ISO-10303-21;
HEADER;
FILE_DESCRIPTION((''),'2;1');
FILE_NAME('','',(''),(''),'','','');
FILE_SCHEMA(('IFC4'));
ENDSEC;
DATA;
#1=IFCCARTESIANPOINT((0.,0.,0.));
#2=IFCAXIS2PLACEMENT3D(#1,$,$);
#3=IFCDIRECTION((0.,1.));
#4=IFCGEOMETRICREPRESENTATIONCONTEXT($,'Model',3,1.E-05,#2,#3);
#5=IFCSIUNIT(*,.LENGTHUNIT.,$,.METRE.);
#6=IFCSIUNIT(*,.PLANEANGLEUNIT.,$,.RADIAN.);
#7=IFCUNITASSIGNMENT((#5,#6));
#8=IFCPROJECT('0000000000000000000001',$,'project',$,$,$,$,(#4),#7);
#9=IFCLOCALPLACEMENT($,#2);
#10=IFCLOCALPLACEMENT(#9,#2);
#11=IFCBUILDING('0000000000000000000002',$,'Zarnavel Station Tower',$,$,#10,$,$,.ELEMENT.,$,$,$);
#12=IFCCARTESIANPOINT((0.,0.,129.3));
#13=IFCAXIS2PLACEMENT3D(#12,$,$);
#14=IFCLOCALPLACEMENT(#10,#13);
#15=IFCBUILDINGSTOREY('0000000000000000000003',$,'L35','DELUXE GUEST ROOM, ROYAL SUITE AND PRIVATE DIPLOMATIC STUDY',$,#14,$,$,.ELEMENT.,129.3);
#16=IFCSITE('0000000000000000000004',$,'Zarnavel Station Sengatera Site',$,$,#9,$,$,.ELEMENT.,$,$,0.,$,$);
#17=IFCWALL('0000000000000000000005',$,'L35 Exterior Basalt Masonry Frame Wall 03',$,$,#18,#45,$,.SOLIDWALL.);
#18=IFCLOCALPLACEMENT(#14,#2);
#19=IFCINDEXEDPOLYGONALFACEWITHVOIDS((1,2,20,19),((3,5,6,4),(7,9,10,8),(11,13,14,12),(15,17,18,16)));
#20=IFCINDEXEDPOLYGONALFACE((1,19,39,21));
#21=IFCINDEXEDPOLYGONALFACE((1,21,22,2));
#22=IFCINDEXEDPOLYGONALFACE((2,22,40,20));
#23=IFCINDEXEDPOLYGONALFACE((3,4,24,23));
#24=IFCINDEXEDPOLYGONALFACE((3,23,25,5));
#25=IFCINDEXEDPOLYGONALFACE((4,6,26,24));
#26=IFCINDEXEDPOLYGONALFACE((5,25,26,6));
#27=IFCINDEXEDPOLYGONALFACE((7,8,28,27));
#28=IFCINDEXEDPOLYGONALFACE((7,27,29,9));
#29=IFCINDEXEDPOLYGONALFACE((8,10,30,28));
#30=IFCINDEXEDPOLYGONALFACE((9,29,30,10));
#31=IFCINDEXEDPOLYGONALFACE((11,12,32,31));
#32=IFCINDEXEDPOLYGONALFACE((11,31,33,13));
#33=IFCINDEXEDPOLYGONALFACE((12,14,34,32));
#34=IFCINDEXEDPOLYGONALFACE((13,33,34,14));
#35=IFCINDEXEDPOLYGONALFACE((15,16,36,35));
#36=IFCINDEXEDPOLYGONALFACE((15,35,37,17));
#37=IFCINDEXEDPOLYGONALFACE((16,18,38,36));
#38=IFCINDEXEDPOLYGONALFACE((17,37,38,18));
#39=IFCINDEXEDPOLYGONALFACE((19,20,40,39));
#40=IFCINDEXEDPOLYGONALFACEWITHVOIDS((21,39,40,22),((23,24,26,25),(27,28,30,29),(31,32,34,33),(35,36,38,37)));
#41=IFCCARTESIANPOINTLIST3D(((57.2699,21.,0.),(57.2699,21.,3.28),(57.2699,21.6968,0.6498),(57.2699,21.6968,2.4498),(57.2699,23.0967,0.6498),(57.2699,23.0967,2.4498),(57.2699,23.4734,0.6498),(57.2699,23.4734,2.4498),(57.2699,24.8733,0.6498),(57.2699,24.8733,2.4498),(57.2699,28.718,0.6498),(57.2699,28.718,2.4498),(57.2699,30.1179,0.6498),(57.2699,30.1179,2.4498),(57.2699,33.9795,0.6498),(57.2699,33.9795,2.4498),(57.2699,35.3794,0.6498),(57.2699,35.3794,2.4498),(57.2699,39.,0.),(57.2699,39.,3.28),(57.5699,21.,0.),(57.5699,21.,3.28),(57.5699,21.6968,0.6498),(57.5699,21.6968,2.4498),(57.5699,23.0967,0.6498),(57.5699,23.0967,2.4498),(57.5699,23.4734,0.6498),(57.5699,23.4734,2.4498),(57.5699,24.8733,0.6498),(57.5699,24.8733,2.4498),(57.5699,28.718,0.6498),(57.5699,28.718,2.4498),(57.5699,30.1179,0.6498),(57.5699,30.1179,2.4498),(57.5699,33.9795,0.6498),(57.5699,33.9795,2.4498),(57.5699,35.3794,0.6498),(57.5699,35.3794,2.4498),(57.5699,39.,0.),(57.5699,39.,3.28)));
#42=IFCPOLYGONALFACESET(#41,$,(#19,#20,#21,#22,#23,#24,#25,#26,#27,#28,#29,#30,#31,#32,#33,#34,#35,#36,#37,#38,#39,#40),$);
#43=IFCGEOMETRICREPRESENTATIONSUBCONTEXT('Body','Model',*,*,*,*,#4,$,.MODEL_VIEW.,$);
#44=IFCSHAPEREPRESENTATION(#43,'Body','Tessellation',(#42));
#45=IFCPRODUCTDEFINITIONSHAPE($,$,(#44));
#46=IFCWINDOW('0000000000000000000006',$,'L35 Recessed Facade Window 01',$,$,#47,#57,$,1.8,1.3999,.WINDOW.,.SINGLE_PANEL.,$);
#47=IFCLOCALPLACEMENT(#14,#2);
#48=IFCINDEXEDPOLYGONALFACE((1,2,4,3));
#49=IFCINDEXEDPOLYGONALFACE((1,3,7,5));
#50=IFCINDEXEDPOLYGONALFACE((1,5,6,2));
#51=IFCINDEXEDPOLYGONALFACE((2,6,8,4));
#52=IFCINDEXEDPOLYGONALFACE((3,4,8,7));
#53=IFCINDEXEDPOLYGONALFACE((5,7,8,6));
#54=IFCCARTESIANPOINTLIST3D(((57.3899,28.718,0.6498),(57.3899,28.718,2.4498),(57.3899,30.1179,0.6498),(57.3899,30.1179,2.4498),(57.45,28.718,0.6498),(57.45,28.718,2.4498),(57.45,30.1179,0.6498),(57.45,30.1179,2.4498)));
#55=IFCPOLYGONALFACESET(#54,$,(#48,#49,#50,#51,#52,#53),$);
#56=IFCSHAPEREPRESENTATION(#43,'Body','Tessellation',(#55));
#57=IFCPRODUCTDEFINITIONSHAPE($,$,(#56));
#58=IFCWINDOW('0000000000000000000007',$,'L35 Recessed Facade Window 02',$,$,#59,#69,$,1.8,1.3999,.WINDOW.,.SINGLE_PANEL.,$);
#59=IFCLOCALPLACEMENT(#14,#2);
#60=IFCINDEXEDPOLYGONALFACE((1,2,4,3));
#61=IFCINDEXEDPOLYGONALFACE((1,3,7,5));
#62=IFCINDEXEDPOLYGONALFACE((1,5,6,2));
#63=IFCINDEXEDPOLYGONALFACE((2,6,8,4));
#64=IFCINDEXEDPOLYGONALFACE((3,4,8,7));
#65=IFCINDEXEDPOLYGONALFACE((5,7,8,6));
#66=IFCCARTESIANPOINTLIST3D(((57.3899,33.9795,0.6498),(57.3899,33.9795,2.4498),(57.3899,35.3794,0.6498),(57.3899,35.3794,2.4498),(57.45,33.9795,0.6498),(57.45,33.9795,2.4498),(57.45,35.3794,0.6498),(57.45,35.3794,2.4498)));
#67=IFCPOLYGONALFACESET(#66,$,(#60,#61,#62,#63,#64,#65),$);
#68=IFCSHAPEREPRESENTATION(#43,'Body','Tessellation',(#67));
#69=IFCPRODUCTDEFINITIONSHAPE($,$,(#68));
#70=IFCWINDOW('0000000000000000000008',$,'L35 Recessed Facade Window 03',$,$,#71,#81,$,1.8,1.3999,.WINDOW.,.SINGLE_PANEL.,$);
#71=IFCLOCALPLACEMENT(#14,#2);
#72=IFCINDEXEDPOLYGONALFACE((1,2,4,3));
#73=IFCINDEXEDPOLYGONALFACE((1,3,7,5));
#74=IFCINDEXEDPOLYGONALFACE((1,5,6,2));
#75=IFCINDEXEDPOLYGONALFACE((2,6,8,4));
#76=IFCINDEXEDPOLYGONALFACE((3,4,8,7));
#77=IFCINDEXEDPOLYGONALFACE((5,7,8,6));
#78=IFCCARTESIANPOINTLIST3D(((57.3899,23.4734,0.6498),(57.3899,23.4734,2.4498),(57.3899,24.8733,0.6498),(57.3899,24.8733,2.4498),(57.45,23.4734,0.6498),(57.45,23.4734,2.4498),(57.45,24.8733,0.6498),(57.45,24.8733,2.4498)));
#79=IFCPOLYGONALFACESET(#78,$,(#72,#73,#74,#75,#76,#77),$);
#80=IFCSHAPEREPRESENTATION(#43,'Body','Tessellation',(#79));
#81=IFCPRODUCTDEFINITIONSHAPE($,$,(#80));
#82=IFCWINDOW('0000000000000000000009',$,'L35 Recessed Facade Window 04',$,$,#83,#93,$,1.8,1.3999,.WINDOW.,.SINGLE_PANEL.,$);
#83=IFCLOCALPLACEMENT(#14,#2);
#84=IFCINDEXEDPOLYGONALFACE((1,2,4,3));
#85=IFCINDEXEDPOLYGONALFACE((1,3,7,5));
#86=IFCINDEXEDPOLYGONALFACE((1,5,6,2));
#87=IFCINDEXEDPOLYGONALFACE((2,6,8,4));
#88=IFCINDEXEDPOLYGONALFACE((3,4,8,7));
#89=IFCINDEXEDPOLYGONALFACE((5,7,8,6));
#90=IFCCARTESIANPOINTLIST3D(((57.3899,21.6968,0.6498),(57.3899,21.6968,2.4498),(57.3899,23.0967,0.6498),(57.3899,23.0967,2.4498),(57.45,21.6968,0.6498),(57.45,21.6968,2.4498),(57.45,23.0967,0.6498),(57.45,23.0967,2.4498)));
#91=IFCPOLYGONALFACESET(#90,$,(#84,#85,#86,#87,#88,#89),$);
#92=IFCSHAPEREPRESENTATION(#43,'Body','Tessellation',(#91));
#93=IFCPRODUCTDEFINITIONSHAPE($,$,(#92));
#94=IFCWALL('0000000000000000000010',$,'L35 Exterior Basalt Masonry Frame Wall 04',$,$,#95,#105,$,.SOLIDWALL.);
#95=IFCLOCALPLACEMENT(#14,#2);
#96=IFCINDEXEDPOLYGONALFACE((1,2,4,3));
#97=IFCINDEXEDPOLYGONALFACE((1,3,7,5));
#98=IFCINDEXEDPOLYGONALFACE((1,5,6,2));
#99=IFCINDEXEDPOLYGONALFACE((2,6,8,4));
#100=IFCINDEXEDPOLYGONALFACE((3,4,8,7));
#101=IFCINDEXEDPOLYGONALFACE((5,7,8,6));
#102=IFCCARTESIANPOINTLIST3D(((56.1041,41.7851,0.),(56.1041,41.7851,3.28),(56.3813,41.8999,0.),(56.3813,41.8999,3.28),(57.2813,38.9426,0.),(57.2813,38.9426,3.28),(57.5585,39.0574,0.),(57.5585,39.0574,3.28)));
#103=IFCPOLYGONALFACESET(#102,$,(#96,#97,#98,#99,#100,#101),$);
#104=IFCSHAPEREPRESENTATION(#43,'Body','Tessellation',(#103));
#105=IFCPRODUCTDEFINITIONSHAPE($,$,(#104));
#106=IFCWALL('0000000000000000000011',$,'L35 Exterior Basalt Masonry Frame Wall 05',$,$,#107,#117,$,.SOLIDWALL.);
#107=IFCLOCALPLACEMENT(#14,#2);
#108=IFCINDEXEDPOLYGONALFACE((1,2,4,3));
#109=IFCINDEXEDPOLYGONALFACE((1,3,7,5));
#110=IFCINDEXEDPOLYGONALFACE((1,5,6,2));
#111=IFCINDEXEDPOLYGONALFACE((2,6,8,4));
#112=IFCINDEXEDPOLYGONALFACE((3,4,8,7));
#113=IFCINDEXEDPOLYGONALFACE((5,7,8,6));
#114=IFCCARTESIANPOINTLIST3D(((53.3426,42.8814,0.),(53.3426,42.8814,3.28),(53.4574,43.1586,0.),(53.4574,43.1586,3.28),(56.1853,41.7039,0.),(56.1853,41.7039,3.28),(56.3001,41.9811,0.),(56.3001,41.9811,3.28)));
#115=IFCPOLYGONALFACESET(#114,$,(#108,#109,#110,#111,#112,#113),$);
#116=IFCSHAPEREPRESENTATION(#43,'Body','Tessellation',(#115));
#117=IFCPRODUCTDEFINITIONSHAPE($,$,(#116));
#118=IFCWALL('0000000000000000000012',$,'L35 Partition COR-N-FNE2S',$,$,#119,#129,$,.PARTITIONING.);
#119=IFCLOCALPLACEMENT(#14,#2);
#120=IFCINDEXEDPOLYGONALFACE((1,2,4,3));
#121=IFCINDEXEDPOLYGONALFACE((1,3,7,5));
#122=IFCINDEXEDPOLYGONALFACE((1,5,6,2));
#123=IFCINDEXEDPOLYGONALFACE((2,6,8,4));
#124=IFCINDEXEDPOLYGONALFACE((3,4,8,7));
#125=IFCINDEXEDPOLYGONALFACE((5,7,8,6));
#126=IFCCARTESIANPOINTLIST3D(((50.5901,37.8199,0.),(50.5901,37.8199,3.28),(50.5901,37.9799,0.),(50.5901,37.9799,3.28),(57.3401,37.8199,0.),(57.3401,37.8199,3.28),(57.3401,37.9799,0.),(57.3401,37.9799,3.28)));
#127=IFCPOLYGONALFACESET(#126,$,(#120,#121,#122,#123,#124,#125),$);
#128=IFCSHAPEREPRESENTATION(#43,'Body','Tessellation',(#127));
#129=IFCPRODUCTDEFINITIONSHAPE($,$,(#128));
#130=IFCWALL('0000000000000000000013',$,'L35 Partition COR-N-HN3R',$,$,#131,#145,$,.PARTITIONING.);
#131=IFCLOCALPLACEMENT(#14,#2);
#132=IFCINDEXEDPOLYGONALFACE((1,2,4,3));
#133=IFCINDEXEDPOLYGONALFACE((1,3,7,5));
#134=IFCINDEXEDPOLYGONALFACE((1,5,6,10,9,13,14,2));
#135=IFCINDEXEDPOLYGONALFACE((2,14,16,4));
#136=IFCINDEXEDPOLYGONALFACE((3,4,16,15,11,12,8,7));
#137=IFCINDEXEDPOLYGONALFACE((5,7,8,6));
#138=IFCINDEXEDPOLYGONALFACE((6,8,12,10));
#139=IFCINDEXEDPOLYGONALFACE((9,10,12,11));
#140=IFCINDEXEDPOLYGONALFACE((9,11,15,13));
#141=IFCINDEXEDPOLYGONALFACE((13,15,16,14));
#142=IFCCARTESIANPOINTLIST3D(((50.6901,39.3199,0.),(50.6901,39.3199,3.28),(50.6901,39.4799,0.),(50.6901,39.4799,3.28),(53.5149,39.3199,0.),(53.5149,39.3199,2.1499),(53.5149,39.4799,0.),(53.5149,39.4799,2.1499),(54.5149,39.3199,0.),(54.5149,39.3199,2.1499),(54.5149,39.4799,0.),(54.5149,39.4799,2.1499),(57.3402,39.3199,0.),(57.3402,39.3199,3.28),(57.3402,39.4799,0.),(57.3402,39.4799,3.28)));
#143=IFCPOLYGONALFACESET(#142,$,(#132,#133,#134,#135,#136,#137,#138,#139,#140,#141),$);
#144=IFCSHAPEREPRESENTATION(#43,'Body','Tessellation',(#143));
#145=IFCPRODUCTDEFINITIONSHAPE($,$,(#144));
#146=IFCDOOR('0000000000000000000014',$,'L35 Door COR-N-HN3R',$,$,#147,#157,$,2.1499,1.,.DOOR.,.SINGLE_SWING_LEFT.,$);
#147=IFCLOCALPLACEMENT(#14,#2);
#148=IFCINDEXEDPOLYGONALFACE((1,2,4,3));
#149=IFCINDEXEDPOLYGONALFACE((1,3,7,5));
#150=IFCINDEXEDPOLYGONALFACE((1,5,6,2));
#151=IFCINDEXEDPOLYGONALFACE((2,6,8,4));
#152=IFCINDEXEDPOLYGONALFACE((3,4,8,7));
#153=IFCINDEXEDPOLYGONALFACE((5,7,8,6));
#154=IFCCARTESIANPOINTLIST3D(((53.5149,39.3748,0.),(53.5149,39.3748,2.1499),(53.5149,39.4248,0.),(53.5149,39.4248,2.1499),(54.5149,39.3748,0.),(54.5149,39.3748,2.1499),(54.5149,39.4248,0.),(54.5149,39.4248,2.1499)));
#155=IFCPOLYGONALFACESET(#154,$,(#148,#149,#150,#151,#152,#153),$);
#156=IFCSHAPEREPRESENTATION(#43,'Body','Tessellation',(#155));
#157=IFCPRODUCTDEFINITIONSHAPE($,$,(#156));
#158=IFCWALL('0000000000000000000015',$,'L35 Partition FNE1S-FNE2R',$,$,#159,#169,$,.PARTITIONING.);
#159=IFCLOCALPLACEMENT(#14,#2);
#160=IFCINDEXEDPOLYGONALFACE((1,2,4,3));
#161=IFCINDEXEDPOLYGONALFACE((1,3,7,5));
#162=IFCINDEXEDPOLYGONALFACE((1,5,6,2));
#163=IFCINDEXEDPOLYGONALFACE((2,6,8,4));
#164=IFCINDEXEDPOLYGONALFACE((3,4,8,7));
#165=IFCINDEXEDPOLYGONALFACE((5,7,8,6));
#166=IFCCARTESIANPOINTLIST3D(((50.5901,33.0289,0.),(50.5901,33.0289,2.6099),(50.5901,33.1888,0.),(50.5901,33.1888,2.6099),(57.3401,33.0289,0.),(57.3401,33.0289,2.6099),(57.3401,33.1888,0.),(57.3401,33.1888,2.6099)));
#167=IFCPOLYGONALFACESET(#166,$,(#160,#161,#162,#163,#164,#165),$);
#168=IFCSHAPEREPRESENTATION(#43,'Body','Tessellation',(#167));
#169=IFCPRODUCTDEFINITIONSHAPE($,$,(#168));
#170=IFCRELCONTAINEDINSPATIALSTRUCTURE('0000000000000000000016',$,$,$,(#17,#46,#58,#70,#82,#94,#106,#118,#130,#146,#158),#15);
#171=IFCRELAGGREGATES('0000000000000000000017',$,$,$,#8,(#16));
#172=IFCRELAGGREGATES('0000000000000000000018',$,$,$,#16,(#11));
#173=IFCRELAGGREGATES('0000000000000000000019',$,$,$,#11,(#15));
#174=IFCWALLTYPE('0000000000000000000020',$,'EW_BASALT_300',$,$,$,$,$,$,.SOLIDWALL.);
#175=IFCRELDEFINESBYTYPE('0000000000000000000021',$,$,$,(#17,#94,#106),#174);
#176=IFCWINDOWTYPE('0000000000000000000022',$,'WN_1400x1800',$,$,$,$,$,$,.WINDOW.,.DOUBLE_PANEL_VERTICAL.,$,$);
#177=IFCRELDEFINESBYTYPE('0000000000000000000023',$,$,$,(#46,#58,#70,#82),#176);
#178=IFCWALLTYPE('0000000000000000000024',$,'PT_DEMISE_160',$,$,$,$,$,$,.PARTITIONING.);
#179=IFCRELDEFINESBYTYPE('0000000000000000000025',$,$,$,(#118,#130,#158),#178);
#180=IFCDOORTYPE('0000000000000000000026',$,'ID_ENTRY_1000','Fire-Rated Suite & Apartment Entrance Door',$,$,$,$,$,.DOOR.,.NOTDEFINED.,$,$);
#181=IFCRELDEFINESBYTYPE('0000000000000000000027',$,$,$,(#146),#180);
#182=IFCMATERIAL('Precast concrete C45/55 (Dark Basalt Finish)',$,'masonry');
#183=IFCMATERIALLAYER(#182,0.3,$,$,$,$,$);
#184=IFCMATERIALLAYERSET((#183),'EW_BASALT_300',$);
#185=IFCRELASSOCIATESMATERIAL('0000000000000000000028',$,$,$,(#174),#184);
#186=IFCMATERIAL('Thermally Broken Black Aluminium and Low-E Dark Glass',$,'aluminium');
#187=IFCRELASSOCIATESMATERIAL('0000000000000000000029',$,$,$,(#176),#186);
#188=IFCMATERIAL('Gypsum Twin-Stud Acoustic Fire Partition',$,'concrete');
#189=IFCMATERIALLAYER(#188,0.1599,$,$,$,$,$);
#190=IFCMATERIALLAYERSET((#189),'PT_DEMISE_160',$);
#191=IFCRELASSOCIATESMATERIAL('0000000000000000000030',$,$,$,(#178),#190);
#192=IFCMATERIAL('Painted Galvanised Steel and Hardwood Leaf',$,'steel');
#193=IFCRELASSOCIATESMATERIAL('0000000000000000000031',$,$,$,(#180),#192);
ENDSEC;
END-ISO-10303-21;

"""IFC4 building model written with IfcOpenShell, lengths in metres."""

from ifc_helpers import new_model, si_unit, direction, frame, frame_2d, origin, place, context, subcontext, project, spatial, rectangle, extrude, material, layer, layer_set, type_object, element, fill, save


model = new_model("IFC4")

# Units and contexts
model_context = context("Model", 3, precision=1e-05, world=origin(), true_north=direction((0.0, 1.0)))
body_context = subcontext(model_context, "Body", "Model", "MODEL_VIEW")
ifc_project = project(units=[si_unit("LENGTHUNIT", "METRE"), si_unit("PLANEANGLEUNIT", "RADIAN")], contexts=[model_context])

# Site, building, storey
site_placement = place(None, origin())
site = spatial("IfcSite", under=ifc_project, at=site_placement, Name="Zarnavel Station Sengatera Site", CompositionType="ELEMENT", RefElevation=0.0)
building_placement = place(site_placement, origin())
building = spatial("IfcBuilding", under=site, at=building_placement, Name="Zarnavel Station Tower", CompositionType="ELEMENT")
storey_placement = place(building_placement, frame((0.0, 0.0, 129.3)))
storey = spatial("IfcBuildingStorey", under=building, at=storey_placement, Name="L35", Description="DELUXE GUEST ROOM, ROYAL SUITE AND PRIVATE DIPLOMATIC STUDY", CompositionType="ELEMENT", Elevation=129.3)

# Wall, openings, windows
ifc_material_1 = material(Name="Precast concrete C45/55 (Dark Basalt Finish)", Category="masonry")
ifc_layer_1 = layer(ifc_material_1, 0.3)
ifc_layer_set_1 = layer_set([ifc_layer_1], Name="EW_BASALT_300")
wall_type_1 = type_object("IfcWallType", Name="EW_BASALT_300", PredefinedType="SOLIDWALL", material=ifc_layer_set_1)
wall_1_placement = place(storey_placement, frame((57.4199, 39.0, 0.0), z_axis=(0.0, 0.0, 1.0), x_axis=(0.0, -1.0, 0.0)))
wall_1 = element("IfcWall", 1, at=wall_1_placement, inside=storey, type_object=wall_type_1, Name="L35 Exterior Basalt Masonry Frame Wall 03", PredefinedType="SOLIDWALL", context=body_context, shape_type="SweptSolid", body=[
    extrude(rectangle(XDim=18.0, YDim=0.3, at=frame_2d((9.0, 0.0))), origin(), (0.0, 0.0, 1.0), 3.28),
])
opening_1_placement = place(wall_1_placement, frame((8.8821, 0.0, 0.6499)))
opening_1 = element("IfcOpeningElement", 2, at=opening_1_placement, cuts=wall_1, PredefinedType="OPENING", context=body_context, shape_type="SweptSolid", body=[
    extrude(rectangle(XDim=1.3999, YDim=1.8, at=frame_2d((0.7, 0.8999))), frame((0.0, 0.1599, 0.0), z_axis=(0.0, -1.0, 0.0), x_axis=(1.0, 0.0, 0.0)), (0.0, 0.0, 1.0), 0.3201),
])
opening_2_placement = place(wall_1_placement, frame((3.6206, 0.0, 0.6499)))
opening_2 = element("IfcOpeningElement", 3, at=opening_2_placement, cuts=wall_1, PredefinedType="OPENING", context=body_context, shape_type="SweptSolid", body=[
    extrude(rectangle(XDim=1.3999, YDim=1.8, at=frame_2d((0.7, 0.8999))), frame((0.0, 0.1599, 0.0), z_axis=(0.0, -1.0, 0.0), x_axis=(1.0, 0.0, 0.0)), (0.0, 0.0, 1.0), 0.3201),
])
opening_3_placement = place(wall_1_placement, frame((14.1267, 0.0, 0.6499)))
opening_3 = element("IfcOpeningElement", 4, at=opening_3_placement, cuts=wall_1, PredefinedType="OPENING", context=body_context, shape_type="SweptSolid", body=[
    extrude(rectangle(XDim=1.3999, YDim=1.8, at=frame_2d((0.7, 0.8999))), frame((0.0, 0.1599, 0.0), z_axis=(0.0, -1.0, 0.0), x_axis=(1.0, 0.0, 0.0)), (0.0, 0.0, 1.0), 0.3201),
])
opening_4_placement = place(wall_1_placement, frame((15.9033, 0.0, 0.6499)))
opening_4 = element("IfcOpeningElement", 5, at=opening_4_placement, cuts=wall_1, PredefinedType="OPENING", context=body_context, shape_type="SweptSolid", body=[
    extrude(rectangle(XDim=1.3999, YDim=1.8, at=frame_2d((0.7, 0.8999))), frame((0.0, 0.1599, 0.0), z_axis=(0.0, -1.0, 0.0), x_axis=(1.0, 0.0, 0.0)), (0.0, 0.0, 1.0), 0.3201),
])
ifc_material_2 = material(Name="Thermally Broken Black Aluminium and Low-E Dark Glass", Category="aluminium")
window_type = type_object("IfcWindowType", Name="WN_1400x1800", PartitioningType="DOUBLE_PANEL_VERTICAL", PredefinedType="WINDOW", material=ifc_material_2)
window_1_placement = place(opening_1_placement, origin())
window_1 = element("IfcWindow", 6, at=window_1_placement, inside=storey, type_object=window_type, Name="L35 Recessed Facade Window 01", OverallHeight=1.8, OverallWidth=1.3999, PartitioningType="SINGLE_PANEL", PredefinedType="WINDOW", context=body_context, shape_type="SweptSolid", body=[
    extrude(rectangle(XDim=1.3999, YDim=1.8, at=frame_2d((0.7, 0.8999))), frame((0.0, 0.03, 0.0), z_axis=(0.0, -1.0, 0.0), x_axis=(1.0, 0.0, 0.0)), (0.0, 0.0, 1.0), 0.0601),
])
fill(opening_1, window_1)
window_2_placement = place(opening_2_placement, origin())
window_2 = element("IfcWindow", 7, at=window_2_placement, inside=storey, type_object=window_type, Name="L35 Recessed Facade Window 02", OverallHeight=1.8, OverallWidth=1.3999, PartitioningType="SINGLE_PANEL", PredefinedType="WINDOW", context=body_context, shape_type="SweptSolid", body=[
    extrude(rectangle(XDim=1.3999, YDim=1.8, at=frame_2d((0.7, 0.8999))), frame((0.0, 0.03, 0.0), z_axis=(0.0, -1.0, 0.0), x_axis=(1.0, 0.0, 0.0)), (0.0, 0.0, 1.0), 0.0601),
])
fill(opening_2, window_2)
window_3_placement = place(opening_3_placement, origin())
window_3 = element("IfcWindow", 8, at=window_3_placement, inside=storey, type_object=window_type, Name="L35 Recessed Facade Window 03", OverallHeight=1.8, OverallWidth=1.3999, PartitioningType="SINGLE_PANEL", PredefinedType="WINDOW", context=body_context, shape_type="SweptSolid", body=[
    extrude(rectangle(XDim=1.3999, YDim=1.8, at=frame_2d((0.7, 0.8999))), frame((0.0, 0.03, 0.0), z_axis=(0.0, -1.0, 0.0), x_axis=(1.0, 0.0, 0.0)), (0.0, 0.0, 1.0), 0.0601),
])
fill(opening_3, window_3)
window_4_placement = place(opening_4_placement, origin())
window_4 = element("IfcWindow", 9, at=window_4_placement, inside=storey, type_object=window_type, Name="L35 Recessed Facade Window 04", OverallHeight=1.8, OverallWidth=1.3999, PartitioningType="SINGLE_PANEL", PredefinedType="WINDOW", context=body_context, shape_type="SweptSolid", body=[
    extrude(rectangle(XDim=1.3999, YDim=1.8, at=frame_2d((0.7, 0.8999))), frame((0.0, 0.03, 0.0), z_axis=(0.0, -1.0, 0.0), x_axis=(1.0, 0.0, 0.0)), (0.0, 0.0, 1.0), 0.0601),
])
fill(opening_4, window_4)

# Walls
wall_2_placement = place(storey_placement, frame((56.2427, 41.8425, 0.0), z_axis=(0.0, 0.0, 1.0), x_axis=(0.382637, -0.923899, 0.0)))
element("IfcWall", 10, at=wall_2_placement, inside=storey, type_object=wall_type_1, Name="L35 Exterior Basalt Masonry Frame Wall 04", PredefinedType="SOLIDWALL", context=body_context, shape_type="SweptSolid", body=[
    extrude(rectangle(XDim=3.0767, YDim=0.3, at=frame_2d((1.5383, 0.0))), origin(), (0.0, 0.0, 1.0), 3.28),
])
wall_3_placement = place(storey_placement, frame((53.3999, 43.02, 0.0), z_axis=(0.0, 0.0, 1.0), x_axis=(0.923882, -0.382676, 0.0)))
element("IfcWall", 11, at=wall_3_placement, inside=storey, type_object=wall_type_1, Name="L35 Exterior Basalt Masonry Frame Wall 05", PredefinedType="SOLIDWALL", context=body_context, shape_type="SweptSolid", body=[
    extrude(rectangle(XDim=3.0769, YDim=0.3, at=frame_2d((1.5386, 0.0))), origin(), (0.0, 0.0, 1.0), 3.28),
])
ifc_material_3 = material(Name="Gypsum Twin-Stud Acoustic Fire Partition", Category="concrete")
ifc_layer_2 = layer(ifc_material_3, 0.1599)
ifc_layer_set_2 = layer_set([ifc_layer_2], Name="PT_DEMISE_160")
wall_type_2 = type_object("IfcWallType", Name="PT_DEMISE_160", PredefinedType="PARTITIONING", material=ifc_layer_set_2)
wall_4_placement = place(storey_placement, frame((50.5901, 37.8999, 0.0), z_axis=(0.0, 0.0, 1.0), x_axis=(1.0, 0.0, 0.0)))
element("IfcWall", 12, at=wall_4_placement, inside=storey, type_object=wall_type_2, Name="L35 Partition COR-N-FNE2S", PredefinedType="PARTITIONING", context=body_context, shape_type="SweptSolid", body=[
    extrude(rectangle(XDim=6.75, YDim=0.1599, at=frame_2d((3.375, 0.0))), origin(), (0.0, 0.0, 1.0), 3.28),
])

# Wall, opening, door
wall_5_placement = place(storey_placement, frame((50.6899, 39.3999, 0.0), z_axis=(0.0, 0.0, 1.0), x_axis=(1.0, 0.0, 0.0)))
wall_5 = element("IfcWall", 13, at=wall_5_placement, inside=storey, type_object=wall_type_2, Name="L35 Partition COR-N-HN3R", PredefinedType="PARTITIONING", context=body_context, shape_type="SweptSolid", body=[
    extrude(rectangle(XDim=6.6501, YDim=0.1599, at=frame_2d((3.3252, 0.0))), origin(), (0.0, 0.0, 1.0), 3.28),
])
opening_5_placement = place(wall_5_placement, frame((2.825, 0.0, 0.0)))
opening_5 = element("IfcOpeningElement", 14, at=opening_5_placement, cuts=wall_5, PredefinedType="OPENING", context=body_context, shape_type="SweptSolid", body=[
    extrude(rectangle(XDim=1.0, YDim=2.1499, at=frame_2d((0.5, 1.075))), frame((0.0, 0.0898, 0.0), z_axis=(0.0, -1.0, 0.0), x_axis=(1.0, 0.0, 0.0)), (0.0, 0.0, 1.0), 0.1799),
])
ifc_material_4 = material(Name="Painted Galvanised Steel and Hardwood Leaf", Category="steel")
door_type_1 = type_object("IfcDoorType", Name="ID_ENTRY_1000", Description="Fire-Rated Suite & Apartment Entrance Door", OperationType="NOTDEFINED", PredefinedType="DOOR", material=ifc_material_4)
door_1_placement = place(opening_5_placement, origin())
door_1 = element("IfcDoor", 15, at=door_1_placement, inside=storey, type_object=door_type_1, Name="L35 Door COR-N-HN3R", OperationType="SINGLE_SWING_LEFT", OverallHeight=2.1499, OverallWidth=1.0, PredefinedType="DOOR", context=body_context, shape_type="SweptSolid", body=[
    extrude(rectangle(XDim=1.0, YDim=2.1499, at=frame_2d((0.5, 1.075))), frame((0.0, 0.0249, 0.0), z_axis=(0.0, -1.0, 0.0), x_axis=(1.0, 0.0, 0.0)), (0.0, 0.0, 1.0), 0.05),
])
fill(opening_5, door_1)

# Wall
wall_6_placement = place(storey_placement, frame((50.5901, 33.1089, 0.0), z_axis=(0.0, 0.0, 1.0), x_axis=(1.0, 0.0, 0.0)))
element("IfcWall", 16, at=wall_6_placement, inside=storey, type_object=wall_type_2, Name="L35 Partition FNE1S-FNE2R", PredefinedType="PARTITIONING", context=body_context, shape_type="SweptSolid", body=[
    extrude(rectangle(XDim=6.75, YDim=0.1599, at=frame_2d((3.375, 0.0))), origin(), (0.0, 0.0, 1.0), 2.6099),
])

save(model, "model.ifc")
